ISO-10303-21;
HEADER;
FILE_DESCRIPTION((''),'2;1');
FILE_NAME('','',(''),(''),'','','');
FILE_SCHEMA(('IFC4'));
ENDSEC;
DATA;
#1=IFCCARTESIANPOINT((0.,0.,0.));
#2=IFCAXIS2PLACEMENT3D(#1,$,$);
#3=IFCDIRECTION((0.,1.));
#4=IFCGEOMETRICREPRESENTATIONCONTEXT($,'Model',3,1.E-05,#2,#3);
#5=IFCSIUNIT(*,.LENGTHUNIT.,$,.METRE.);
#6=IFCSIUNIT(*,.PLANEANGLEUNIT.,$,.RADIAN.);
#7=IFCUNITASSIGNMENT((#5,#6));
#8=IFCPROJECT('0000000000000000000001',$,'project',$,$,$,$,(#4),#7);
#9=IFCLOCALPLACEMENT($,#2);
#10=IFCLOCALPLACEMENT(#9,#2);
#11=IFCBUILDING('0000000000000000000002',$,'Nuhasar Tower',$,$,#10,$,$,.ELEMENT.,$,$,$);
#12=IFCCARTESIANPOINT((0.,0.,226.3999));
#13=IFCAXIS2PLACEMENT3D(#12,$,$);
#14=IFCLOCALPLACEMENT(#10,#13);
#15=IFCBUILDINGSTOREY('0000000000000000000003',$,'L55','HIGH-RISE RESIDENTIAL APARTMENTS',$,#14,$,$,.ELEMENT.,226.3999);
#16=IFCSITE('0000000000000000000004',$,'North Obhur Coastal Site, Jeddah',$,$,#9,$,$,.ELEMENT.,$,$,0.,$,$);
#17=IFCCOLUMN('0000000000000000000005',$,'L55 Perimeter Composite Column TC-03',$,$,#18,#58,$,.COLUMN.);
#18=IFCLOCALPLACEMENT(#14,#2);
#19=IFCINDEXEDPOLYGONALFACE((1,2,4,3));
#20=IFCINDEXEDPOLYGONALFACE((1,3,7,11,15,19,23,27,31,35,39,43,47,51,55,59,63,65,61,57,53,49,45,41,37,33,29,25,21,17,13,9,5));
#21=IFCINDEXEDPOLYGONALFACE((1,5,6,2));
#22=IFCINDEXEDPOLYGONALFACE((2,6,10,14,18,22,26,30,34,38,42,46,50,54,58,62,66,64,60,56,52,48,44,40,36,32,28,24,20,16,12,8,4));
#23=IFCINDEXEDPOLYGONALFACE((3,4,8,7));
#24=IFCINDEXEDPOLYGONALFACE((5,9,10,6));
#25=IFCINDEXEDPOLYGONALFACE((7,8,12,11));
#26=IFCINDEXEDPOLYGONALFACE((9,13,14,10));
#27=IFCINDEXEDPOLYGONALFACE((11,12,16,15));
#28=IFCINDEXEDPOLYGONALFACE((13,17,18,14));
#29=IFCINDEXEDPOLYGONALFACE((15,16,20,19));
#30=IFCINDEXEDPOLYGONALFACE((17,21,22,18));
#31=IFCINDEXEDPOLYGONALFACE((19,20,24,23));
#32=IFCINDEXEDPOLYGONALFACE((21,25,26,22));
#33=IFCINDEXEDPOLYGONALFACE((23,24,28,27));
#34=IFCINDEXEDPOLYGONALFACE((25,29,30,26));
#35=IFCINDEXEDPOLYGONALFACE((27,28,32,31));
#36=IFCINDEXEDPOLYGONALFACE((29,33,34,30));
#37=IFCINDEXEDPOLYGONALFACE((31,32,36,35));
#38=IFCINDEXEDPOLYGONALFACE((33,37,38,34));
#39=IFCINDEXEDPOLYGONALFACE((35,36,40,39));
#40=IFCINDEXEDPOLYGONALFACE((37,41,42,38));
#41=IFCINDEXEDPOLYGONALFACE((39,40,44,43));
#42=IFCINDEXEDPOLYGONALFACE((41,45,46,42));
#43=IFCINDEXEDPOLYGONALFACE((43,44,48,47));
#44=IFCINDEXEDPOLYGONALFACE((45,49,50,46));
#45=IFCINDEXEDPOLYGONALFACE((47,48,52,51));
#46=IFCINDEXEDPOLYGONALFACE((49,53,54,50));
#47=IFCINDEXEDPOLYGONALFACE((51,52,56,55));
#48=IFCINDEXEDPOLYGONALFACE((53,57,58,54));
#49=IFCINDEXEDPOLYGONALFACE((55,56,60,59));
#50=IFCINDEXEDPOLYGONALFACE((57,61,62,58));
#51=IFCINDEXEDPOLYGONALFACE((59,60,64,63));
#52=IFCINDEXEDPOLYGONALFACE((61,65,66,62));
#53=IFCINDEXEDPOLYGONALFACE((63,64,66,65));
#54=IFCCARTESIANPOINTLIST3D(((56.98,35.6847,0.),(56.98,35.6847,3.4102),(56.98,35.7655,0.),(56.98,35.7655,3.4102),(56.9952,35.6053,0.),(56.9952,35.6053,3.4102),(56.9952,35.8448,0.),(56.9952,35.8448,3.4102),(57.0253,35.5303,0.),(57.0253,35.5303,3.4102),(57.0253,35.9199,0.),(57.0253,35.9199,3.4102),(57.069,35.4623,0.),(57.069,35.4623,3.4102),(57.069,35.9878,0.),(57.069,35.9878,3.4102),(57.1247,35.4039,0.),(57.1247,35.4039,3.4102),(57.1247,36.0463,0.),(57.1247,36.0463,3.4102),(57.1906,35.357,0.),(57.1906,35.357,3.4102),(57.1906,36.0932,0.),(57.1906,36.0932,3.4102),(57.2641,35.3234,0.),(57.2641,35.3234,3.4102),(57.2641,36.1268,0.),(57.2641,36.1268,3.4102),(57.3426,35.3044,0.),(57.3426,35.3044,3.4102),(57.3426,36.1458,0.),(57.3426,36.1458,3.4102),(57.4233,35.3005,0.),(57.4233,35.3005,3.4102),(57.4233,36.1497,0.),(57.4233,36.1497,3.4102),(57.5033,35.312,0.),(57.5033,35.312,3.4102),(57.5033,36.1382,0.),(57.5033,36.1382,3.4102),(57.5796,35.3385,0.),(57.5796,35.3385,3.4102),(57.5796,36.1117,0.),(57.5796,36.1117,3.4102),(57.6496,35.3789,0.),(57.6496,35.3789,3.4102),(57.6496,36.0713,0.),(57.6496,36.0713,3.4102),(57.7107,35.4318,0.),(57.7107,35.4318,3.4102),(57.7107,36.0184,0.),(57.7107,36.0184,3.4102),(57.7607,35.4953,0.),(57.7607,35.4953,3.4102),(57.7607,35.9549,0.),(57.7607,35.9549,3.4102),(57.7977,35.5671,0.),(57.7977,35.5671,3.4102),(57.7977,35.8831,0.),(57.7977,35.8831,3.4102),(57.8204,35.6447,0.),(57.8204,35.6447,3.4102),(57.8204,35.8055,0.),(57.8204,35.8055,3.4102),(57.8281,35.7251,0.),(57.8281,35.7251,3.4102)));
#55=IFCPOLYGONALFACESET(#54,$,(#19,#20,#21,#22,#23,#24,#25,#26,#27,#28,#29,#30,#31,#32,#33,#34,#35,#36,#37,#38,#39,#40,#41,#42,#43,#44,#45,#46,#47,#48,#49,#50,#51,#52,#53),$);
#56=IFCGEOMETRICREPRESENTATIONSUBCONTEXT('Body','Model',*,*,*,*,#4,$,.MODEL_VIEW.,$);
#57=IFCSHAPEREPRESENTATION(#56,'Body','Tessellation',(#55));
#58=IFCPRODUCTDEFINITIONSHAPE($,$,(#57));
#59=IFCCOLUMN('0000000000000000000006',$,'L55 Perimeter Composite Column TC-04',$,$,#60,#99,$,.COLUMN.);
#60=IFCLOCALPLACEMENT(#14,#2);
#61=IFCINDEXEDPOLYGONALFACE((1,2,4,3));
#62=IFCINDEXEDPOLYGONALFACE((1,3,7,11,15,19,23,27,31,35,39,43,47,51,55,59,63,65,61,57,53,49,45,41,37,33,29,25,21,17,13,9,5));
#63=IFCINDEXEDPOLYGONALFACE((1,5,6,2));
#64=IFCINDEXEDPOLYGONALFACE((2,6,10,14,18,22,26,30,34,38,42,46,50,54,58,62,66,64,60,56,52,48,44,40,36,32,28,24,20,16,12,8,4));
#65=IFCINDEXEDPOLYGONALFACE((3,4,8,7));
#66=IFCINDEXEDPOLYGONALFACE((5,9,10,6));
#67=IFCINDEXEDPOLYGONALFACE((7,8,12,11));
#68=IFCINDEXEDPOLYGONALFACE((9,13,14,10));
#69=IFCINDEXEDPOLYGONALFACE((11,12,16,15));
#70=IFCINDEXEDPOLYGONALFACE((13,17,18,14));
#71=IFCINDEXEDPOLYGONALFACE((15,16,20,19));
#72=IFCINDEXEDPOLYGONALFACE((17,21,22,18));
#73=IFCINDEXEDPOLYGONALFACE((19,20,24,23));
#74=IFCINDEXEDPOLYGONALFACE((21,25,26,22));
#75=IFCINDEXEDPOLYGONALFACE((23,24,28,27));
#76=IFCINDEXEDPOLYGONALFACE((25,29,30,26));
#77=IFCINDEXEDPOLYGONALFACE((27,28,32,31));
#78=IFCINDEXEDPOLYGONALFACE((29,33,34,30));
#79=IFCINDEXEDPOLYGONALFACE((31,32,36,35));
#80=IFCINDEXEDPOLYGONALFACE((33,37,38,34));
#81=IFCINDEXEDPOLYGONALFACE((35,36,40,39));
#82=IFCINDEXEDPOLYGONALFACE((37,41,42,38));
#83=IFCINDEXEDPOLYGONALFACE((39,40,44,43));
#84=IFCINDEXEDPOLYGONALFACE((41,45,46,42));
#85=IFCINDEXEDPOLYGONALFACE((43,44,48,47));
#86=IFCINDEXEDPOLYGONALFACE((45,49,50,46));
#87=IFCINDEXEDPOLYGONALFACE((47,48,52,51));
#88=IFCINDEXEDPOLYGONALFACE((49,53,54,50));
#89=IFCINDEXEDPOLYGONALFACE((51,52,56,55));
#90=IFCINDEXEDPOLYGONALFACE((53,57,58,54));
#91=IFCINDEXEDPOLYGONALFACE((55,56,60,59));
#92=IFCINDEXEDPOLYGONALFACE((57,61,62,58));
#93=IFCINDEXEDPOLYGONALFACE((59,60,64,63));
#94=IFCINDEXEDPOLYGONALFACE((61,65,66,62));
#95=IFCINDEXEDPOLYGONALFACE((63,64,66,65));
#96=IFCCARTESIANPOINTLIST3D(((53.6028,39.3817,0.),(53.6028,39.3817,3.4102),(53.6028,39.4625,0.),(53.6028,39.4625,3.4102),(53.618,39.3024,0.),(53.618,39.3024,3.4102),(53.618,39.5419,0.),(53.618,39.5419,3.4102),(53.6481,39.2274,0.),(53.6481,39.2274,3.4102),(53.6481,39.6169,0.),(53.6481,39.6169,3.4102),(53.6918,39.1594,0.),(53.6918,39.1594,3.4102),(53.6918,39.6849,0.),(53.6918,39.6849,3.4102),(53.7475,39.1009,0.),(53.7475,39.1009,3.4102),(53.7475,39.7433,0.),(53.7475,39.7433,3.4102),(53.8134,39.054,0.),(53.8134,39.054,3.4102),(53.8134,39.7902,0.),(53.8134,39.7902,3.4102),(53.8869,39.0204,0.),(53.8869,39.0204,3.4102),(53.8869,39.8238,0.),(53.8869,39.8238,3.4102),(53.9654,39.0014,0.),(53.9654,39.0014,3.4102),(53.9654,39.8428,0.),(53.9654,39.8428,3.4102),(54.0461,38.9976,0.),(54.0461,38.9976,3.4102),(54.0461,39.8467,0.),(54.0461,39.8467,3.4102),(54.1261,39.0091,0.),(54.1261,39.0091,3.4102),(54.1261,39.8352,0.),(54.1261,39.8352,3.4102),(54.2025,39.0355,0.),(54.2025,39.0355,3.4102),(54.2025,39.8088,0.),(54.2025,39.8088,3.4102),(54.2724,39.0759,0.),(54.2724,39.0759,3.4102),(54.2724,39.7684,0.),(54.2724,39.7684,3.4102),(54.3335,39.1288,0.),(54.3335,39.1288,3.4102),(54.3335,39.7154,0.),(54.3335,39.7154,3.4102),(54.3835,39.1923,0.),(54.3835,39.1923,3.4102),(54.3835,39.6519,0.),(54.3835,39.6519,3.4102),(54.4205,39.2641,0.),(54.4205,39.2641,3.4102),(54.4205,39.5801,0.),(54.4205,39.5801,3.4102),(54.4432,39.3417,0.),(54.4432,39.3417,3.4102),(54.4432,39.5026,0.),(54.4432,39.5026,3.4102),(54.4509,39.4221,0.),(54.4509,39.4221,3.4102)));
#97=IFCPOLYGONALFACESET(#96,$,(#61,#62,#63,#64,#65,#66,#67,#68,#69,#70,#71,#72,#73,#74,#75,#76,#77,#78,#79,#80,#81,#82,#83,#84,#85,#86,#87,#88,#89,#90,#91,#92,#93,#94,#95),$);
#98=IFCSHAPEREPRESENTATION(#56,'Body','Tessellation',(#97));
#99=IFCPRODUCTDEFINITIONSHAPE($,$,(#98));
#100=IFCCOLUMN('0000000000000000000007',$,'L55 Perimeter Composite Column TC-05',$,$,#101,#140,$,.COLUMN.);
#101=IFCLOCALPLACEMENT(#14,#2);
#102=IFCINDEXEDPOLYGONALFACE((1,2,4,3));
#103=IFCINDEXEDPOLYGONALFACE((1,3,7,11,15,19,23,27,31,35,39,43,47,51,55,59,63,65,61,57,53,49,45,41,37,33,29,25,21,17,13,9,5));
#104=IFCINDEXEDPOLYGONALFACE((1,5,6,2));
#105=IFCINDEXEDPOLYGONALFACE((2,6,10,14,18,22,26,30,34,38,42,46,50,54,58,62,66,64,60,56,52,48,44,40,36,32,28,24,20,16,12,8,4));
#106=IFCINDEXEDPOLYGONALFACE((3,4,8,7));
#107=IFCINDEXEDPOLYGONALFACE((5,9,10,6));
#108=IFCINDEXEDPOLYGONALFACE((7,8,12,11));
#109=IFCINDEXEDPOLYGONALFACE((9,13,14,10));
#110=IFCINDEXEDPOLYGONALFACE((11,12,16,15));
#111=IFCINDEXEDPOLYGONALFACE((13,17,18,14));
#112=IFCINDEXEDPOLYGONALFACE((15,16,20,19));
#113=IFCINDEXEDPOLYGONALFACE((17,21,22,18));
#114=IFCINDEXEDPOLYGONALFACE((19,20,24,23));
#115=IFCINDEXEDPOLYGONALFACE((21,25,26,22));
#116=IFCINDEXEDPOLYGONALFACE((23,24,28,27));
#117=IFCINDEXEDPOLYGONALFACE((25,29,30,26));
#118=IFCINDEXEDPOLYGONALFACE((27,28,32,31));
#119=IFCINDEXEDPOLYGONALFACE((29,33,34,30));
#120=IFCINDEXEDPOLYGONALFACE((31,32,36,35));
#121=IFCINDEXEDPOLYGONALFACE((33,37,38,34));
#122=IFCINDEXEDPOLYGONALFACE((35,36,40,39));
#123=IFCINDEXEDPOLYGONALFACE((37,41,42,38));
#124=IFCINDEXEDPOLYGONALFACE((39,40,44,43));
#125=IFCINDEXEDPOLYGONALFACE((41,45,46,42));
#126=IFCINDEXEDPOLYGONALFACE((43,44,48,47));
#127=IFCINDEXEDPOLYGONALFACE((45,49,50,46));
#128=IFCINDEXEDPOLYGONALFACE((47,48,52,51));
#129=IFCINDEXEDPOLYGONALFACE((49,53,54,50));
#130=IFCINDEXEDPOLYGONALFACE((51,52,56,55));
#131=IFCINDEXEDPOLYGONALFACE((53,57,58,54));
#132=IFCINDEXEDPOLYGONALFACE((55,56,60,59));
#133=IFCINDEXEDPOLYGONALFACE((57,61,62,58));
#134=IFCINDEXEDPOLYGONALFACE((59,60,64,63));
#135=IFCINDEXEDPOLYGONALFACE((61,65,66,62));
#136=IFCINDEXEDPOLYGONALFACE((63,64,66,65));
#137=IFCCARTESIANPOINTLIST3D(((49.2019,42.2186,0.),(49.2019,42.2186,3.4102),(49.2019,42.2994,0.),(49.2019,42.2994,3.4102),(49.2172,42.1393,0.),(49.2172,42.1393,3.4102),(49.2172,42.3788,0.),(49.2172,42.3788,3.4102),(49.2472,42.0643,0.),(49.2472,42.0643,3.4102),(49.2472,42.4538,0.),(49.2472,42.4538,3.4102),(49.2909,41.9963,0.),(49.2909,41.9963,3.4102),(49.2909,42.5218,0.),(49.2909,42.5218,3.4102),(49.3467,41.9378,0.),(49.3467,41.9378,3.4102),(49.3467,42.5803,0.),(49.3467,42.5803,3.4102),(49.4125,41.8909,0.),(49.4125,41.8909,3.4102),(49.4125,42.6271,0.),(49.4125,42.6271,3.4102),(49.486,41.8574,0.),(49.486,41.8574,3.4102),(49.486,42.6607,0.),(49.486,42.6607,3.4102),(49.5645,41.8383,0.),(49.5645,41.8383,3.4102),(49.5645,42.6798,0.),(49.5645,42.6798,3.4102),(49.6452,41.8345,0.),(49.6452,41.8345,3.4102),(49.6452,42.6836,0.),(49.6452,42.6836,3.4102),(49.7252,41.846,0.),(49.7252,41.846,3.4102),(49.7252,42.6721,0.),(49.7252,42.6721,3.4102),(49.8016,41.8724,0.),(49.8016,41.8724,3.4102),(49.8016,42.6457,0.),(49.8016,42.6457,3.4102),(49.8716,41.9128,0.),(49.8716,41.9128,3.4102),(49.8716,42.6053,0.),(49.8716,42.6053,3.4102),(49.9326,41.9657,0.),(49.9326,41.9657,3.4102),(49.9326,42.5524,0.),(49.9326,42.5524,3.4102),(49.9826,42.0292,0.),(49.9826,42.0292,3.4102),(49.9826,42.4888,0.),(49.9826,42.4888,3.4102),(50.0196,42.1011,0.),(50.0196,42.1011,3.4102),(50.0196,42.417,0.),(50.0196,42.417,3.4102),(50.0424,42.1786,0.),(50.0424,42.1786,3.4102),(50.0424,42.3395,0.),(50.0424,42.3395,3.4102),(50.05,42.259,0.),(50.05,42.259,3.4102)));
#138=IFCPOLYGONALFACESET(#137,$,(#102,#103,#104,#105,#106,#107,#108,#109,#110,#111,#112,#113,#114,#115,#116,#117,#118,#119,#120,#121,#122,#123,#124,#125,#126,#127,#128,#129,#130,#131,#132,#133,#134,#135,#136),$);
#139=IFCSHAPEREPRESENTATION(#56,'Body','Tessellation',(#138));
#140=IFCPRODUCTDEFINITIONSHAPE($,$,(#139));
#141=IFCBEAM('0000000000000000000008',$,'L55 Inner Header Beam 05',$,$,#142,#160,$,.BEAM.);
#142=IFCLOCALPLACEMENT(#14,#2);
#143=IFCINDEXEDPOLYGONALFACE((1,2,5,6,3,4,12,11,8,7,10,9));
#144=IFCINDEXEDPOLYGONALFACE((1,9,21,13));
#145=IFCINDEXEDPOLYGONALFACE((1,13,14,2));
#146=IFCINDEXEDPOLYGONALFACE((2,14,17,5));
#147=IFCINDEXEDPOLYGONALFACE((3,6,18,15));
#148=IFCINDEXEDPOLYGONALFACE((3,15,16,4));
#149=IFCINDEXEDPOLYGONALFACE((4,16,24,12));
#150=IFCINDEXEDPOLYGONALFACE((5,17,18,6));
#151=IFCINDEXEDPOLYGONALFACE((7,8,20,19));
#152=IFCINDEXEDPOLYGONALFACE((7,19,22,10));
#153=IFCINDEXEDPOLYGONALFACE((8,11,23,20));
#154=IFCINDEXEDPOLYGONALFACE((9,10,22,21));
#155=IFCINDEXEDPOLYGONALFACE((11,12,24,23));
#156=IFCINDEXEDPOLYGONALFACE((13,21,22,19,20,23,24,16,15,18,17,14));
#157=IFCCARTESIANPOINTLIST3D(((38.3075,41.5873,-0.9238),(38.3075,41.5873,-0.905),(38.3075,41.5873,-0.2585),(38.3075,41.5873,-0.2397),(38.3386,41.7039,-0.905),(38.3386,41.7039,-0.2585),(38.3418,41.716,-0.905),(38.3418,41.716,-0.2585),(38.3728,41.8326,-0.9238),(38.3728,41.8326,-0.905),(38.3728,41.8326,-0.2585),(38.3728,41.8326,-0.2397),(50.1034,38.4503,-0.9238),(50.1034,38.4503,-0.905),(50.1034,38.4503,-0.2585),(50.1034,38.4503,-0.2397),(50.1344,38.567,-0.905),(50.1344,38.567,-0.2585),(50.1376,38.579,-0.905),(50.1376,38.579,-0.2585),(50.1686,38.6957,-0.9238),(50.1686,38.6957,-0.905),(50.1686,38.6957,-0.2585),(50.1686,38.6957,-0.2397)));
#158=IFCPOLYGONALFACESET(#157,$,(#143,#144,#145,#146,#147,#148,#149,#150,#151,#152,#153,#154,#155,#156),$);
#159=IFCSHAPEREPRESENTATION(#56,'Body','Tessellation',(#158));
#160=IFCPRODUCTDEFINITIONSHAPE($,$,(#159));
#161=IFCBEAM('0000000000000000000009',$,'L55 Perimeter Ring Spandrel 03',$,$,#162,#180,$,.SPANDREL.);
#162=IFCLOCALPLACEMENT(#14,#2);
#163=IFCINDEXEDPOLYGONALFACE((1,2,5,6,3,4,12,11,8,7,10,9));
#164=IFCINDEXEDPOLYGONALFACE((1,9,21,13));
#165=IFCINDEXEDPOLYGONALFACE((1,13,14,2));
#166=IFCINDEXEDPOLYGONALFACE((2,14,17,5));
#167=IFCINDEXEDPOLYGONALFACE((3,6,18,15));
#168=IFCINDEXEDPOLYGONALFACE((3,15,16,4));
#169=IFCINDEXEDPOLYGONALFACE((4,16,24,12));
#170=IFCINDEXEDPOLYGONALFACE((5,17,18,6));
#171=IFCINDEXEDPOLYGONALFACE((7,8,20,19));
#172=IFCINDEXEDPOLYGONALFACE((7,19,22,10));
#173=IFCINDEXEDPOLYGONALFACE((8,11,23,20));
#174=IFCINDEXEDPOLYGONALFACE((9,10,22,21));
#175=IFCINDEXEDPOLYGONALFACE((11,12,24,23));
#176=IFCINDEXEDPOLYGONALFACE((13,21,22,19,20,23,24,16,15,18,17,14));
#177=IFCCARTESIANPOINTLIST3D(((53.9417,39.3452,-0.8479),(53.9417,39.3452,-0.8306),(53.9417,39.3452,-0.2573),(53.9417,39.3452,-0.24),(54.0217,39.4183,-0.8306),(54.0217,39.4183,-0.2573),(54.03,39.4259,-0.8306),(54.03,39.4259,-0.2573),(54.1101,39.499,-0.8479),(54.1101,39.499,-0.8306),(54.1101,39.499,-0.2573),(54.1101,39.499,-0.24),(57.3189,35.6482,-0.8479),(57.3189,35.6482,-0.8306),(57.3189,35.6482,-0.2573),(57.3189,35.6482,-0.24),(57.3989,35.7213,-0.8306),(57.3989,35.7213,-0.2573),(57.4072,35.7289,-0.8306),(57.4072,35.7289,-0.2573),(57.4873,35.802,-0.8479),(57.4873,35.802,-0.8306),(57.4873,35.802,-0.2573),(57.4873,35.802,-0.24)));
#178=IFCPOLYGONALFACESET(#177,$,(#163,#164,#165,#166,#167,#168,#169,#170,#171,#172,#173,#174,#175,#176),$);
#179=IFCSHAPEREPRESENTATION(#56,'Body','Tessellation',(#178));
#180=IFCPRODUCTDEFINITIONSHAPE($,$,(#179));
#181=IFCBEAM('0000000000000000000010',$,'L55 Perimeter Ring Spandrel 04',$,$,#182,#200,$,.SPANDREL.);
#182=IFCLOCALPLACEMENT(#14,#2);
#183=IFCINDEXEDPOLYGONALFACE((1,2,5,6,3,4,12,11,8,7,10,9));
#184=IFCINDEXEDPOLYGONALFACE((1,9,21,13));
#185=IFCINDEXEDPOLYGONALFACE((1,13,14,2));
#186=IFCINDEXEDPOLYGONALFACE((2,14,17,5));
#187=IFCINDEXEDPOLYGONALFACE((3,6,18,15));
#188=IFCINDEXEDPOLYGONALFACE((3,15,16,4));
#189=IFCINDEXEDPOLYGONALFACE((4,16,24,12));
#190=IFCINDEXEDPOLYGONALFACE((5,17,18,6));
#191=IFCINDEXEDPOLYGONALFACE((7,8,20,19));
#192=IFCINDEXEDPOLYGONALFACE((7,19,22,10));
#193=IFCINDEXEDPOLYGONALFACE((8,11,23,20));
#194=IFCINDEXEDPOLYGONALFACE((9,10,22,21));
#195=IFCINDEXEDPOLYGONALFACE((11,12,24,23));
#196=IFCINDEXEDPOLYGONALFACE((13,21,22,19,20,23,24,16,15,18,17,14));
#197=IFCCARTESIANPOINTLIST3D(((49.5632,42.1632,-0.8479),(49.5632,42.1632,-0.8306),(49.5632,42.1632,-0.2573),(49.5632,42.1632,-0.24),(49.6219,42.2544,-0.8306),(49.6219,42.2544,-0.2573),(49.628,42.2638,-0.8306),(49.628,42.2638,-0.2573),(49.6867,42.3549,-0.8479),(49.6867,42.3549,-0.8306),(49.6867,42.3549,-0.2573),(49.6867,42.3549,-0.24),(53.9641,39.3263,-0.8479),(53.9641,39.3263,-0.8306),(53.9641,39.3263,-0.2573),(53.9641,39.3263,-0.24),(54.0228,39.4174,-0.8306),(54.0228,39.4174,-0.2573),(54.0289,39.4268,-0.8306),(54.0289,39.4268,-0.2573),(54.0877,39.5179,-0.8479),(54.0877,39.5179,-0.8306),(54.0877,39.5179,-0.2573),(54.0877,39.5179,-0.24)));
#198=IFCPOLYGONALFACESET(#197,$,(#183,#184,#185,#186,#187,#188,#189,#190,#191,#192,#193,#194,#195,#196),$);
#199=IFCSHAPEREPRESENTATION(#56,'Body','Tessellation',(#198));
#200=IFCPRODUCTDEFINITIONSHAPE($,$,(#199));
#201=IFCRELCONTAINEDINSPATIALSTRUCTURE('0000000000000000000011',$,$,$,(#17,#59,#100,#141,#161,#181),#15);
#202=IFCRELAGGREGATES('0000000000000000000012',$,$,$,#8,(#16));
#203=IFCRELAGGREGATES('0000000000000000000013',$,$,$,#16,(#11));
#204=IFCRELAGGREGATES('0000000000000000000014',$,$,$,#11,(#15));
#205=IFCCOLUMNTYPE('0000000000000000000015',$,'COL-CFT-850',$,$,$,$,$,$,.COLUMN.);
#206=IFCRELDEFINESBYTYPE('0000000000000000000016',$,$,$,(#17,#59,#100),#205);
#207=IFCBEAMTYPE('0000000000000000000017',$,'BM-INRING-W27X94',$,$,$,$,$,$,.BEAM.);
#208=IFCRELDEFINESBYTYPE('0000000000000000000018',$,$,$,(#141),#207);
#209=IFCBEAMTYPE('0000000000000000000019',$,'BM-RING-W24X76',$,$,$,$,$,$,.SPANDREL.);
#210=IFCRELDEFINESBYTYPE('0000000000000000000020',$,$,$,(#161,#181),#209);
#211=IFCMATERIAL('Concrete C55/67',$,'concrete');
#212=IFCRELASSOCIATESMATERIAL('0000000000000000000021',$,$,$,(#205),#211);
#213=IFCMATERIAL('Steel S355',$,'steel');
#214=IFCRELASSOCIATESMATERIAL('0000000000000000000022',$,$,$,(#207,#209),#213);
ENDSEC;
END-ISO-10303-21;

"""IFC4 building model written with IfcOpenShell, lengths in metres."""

from ifc_helpers import new_model, si_unit, direction, frame, origin, origin_2d, place, context, subcontext, project, spatial, circle, i_section, extrude, material, material_profile, profile_set, type_object, element, save


model = new_model("IFC4")

# Units and contexts
model_context = context("Model", 3, precision=1e-05, world=origin(), true_north=direction((0.0, 1.0)))
body_context = subcontext(model_context, "Body", "Model", "MODEL_VIEW")
ifc_project = project(units=[si_unit("LENGTHUNIT", "METRE"), si_unit("PLANEANGLEUNIT", "RADIAN")], contexts=[model_context])

# Site, building, storey
site_placement = place(None, origin())
site = spatial("IfcSite", under=ifc_project, at=site_placement, Name="North Obhur Coastal Site, Jeddah", CompositionType="ELEMENT", RefElevation=0.0)
building_placement = place(site_placement, origin())
building = spatial("IfcBuilding", under=site, at=building_placement, Name="Nuhasar Tower", CompositionType="ELEMENT")
storey_placement = place(building_placement, frame((0.0, 0.0, 226.3999)))
storey = spatial("IfcBuildingStorey", under=building, at=storey_placement, Name="L55", Description="HIGH-RISE RESIDENTIAL APARTMENTS", CompositionType="ELEMENT", Elevation=226.3999)

# Columns
ifc_material_1 = material(Name="Concrete C55/67", Category="concrete")
ifc_material_profile_1 = material_profile(ifc_material_1, circle(Radius=0.425, at=origin_2d()), Name="CFT850")
ifc_profile_set_1 = profile_set([ifc_material_profile_1], Name="Concrete C55/67")
column_type = type_object("IfcColumnType", Name="COL-CFT-850", PredefinedType="COLUMN", material=ifc_profile_set_1)
for number, where, z_axis, x_axis, name in (
    (1, (57.4031, 35.7251, 0.0), (0.0, 0.0, 1.0), (1.0, 0.0, 0.0), "L55 Perimeter Composite Column TC-03"),
    (2, (54.0259, 39.4221, 0.0), (0.0, 0.0, 1.0), (1.0, 0.0, 0.0), "L55 Perimeter Composite Column TC-04"),
    (3, (49.625, 42.259, 0.0), (0.0, 0.0, 1.0), (1.0, 0.0, 0.0), "L55 Perimeter Composite Column TC-05"),
):
    element("IfcColumn", number, at=place(storey_placement, frame(where, z_axis=z_axis, x_axis=x_axis)), inside=storey, type_object=column_type, Name=name, PredefinedType="COLUMN", context=body_context, shape_type="SweptSolid", body=[
        extrude(circle(Radius=0.425, at=origin_2d()), origin(), (0.0, 0.0, 1.0), 3.4102),
    ])

# Beams
ifc_material_2 = material(Name="Steel S355", Category="steel")
ifc_material_profile_2 = material_profile(ifc_material_2, i_section(OverallWidth=0.2539, OverallDepth=0.6841, WebThickness=0.0125, FlangeThickness=0.0188, at=origin_2d()), Name="W27X94")
ifc_profile_set_2 = profile_set([ifc_material_profile_2], Name="Steel S355")
beam_type_1 = type_object("IfcBeamType", Name="BM-INRING-W27X94", PredefinedType="BEAM", material=ifc_profile_set_2)
beam_1_placement = place(storey_placement, frame((50.136, 38.573, -0.5818), z_axis=(-0.96641, 0.257004, 0.0), x_axis=(-0.257004, -0.96641, 0.0)))
element("IfcBeam", 4, at=beam_1_placement, inside=storey, type_object=beam_type_1, Name="L55 Inner Header Beam 05", PredefinedType="BEAM", context=body_context, shape_type="SweptSolid", body=[
    extrude(i_section(OverallWidth=0.2539, OverallDepth=0.6841, WebThickness=0.0125, FlangeThickness=0.0188, at=origin_2d()), origin(), (0.0, 0.0, 1.0), 12.2058),
])
ifc_material_profile_3 = material_profile(ifc_material_2, i_section(OverallWidth=0.228, OverallDepth=0.6079, WebThickness=0.0112, FlangeThickness=0.0173, at=origin_2d()), Name="W24X76")
ifc_profile_set_3 = profile_set([ifc_material_profile_3], Name="Steel S355")
beam_type_2 = type_object("IfcBeamType", Name="BM-RING-W24X76", PredefinedType="SPANDREL", material=ifc_profile_set_3)
beam_2_placement = place(storey_placement, frame((57.4031, 35.7251, -0.5439), z_axis=(-0.67445, 0.738321, 0.0), x_axis=(-0.738321, -0.67445, 0.0)))
element("IfcBeam", 5, at=beam_2_placement, inside=storey, type_object=beam_type_2, Name="L55 Perimeter Ring Spandrel 03", PredefinedType="SPANDREL", context=body_context, shape_type="SweptSolid", body=[
    extrude(i_section(OverallWidth=0.228, OverallDepth=0.6079, WebThickness=0.0112, FlangeThickness=0.0173, at=origin_2d()), origin(), (0.0, 0.0, 1.0), 5.0073),
])
beam_3_placement = place(storey_placement, frame((54.0259, 39.4221, -0.5439), z_axis=(-0.840502, 0.541808, 0.0), x_axis=(-0.541808, -0.840502, 0.0)))
element("IfcBeam", 6, at=beam_3_placement, inside=storey, type_object=beam_type_2, Name="L55 Perimeter Ring Spandrel 04", PredefinedType="SPANDREL", context=body_context, shape_type="SweptSolid", body=[
    extrude(i_section(OverallWidth=0.228, OverallDepth=0.6079, WebThickness=0.0112, FlangeThickness=0.0173, at=origin_2d()), origin(), (0.0, 0.0, 1.0), 5.2361),
])

save(model, "model.ifc")
